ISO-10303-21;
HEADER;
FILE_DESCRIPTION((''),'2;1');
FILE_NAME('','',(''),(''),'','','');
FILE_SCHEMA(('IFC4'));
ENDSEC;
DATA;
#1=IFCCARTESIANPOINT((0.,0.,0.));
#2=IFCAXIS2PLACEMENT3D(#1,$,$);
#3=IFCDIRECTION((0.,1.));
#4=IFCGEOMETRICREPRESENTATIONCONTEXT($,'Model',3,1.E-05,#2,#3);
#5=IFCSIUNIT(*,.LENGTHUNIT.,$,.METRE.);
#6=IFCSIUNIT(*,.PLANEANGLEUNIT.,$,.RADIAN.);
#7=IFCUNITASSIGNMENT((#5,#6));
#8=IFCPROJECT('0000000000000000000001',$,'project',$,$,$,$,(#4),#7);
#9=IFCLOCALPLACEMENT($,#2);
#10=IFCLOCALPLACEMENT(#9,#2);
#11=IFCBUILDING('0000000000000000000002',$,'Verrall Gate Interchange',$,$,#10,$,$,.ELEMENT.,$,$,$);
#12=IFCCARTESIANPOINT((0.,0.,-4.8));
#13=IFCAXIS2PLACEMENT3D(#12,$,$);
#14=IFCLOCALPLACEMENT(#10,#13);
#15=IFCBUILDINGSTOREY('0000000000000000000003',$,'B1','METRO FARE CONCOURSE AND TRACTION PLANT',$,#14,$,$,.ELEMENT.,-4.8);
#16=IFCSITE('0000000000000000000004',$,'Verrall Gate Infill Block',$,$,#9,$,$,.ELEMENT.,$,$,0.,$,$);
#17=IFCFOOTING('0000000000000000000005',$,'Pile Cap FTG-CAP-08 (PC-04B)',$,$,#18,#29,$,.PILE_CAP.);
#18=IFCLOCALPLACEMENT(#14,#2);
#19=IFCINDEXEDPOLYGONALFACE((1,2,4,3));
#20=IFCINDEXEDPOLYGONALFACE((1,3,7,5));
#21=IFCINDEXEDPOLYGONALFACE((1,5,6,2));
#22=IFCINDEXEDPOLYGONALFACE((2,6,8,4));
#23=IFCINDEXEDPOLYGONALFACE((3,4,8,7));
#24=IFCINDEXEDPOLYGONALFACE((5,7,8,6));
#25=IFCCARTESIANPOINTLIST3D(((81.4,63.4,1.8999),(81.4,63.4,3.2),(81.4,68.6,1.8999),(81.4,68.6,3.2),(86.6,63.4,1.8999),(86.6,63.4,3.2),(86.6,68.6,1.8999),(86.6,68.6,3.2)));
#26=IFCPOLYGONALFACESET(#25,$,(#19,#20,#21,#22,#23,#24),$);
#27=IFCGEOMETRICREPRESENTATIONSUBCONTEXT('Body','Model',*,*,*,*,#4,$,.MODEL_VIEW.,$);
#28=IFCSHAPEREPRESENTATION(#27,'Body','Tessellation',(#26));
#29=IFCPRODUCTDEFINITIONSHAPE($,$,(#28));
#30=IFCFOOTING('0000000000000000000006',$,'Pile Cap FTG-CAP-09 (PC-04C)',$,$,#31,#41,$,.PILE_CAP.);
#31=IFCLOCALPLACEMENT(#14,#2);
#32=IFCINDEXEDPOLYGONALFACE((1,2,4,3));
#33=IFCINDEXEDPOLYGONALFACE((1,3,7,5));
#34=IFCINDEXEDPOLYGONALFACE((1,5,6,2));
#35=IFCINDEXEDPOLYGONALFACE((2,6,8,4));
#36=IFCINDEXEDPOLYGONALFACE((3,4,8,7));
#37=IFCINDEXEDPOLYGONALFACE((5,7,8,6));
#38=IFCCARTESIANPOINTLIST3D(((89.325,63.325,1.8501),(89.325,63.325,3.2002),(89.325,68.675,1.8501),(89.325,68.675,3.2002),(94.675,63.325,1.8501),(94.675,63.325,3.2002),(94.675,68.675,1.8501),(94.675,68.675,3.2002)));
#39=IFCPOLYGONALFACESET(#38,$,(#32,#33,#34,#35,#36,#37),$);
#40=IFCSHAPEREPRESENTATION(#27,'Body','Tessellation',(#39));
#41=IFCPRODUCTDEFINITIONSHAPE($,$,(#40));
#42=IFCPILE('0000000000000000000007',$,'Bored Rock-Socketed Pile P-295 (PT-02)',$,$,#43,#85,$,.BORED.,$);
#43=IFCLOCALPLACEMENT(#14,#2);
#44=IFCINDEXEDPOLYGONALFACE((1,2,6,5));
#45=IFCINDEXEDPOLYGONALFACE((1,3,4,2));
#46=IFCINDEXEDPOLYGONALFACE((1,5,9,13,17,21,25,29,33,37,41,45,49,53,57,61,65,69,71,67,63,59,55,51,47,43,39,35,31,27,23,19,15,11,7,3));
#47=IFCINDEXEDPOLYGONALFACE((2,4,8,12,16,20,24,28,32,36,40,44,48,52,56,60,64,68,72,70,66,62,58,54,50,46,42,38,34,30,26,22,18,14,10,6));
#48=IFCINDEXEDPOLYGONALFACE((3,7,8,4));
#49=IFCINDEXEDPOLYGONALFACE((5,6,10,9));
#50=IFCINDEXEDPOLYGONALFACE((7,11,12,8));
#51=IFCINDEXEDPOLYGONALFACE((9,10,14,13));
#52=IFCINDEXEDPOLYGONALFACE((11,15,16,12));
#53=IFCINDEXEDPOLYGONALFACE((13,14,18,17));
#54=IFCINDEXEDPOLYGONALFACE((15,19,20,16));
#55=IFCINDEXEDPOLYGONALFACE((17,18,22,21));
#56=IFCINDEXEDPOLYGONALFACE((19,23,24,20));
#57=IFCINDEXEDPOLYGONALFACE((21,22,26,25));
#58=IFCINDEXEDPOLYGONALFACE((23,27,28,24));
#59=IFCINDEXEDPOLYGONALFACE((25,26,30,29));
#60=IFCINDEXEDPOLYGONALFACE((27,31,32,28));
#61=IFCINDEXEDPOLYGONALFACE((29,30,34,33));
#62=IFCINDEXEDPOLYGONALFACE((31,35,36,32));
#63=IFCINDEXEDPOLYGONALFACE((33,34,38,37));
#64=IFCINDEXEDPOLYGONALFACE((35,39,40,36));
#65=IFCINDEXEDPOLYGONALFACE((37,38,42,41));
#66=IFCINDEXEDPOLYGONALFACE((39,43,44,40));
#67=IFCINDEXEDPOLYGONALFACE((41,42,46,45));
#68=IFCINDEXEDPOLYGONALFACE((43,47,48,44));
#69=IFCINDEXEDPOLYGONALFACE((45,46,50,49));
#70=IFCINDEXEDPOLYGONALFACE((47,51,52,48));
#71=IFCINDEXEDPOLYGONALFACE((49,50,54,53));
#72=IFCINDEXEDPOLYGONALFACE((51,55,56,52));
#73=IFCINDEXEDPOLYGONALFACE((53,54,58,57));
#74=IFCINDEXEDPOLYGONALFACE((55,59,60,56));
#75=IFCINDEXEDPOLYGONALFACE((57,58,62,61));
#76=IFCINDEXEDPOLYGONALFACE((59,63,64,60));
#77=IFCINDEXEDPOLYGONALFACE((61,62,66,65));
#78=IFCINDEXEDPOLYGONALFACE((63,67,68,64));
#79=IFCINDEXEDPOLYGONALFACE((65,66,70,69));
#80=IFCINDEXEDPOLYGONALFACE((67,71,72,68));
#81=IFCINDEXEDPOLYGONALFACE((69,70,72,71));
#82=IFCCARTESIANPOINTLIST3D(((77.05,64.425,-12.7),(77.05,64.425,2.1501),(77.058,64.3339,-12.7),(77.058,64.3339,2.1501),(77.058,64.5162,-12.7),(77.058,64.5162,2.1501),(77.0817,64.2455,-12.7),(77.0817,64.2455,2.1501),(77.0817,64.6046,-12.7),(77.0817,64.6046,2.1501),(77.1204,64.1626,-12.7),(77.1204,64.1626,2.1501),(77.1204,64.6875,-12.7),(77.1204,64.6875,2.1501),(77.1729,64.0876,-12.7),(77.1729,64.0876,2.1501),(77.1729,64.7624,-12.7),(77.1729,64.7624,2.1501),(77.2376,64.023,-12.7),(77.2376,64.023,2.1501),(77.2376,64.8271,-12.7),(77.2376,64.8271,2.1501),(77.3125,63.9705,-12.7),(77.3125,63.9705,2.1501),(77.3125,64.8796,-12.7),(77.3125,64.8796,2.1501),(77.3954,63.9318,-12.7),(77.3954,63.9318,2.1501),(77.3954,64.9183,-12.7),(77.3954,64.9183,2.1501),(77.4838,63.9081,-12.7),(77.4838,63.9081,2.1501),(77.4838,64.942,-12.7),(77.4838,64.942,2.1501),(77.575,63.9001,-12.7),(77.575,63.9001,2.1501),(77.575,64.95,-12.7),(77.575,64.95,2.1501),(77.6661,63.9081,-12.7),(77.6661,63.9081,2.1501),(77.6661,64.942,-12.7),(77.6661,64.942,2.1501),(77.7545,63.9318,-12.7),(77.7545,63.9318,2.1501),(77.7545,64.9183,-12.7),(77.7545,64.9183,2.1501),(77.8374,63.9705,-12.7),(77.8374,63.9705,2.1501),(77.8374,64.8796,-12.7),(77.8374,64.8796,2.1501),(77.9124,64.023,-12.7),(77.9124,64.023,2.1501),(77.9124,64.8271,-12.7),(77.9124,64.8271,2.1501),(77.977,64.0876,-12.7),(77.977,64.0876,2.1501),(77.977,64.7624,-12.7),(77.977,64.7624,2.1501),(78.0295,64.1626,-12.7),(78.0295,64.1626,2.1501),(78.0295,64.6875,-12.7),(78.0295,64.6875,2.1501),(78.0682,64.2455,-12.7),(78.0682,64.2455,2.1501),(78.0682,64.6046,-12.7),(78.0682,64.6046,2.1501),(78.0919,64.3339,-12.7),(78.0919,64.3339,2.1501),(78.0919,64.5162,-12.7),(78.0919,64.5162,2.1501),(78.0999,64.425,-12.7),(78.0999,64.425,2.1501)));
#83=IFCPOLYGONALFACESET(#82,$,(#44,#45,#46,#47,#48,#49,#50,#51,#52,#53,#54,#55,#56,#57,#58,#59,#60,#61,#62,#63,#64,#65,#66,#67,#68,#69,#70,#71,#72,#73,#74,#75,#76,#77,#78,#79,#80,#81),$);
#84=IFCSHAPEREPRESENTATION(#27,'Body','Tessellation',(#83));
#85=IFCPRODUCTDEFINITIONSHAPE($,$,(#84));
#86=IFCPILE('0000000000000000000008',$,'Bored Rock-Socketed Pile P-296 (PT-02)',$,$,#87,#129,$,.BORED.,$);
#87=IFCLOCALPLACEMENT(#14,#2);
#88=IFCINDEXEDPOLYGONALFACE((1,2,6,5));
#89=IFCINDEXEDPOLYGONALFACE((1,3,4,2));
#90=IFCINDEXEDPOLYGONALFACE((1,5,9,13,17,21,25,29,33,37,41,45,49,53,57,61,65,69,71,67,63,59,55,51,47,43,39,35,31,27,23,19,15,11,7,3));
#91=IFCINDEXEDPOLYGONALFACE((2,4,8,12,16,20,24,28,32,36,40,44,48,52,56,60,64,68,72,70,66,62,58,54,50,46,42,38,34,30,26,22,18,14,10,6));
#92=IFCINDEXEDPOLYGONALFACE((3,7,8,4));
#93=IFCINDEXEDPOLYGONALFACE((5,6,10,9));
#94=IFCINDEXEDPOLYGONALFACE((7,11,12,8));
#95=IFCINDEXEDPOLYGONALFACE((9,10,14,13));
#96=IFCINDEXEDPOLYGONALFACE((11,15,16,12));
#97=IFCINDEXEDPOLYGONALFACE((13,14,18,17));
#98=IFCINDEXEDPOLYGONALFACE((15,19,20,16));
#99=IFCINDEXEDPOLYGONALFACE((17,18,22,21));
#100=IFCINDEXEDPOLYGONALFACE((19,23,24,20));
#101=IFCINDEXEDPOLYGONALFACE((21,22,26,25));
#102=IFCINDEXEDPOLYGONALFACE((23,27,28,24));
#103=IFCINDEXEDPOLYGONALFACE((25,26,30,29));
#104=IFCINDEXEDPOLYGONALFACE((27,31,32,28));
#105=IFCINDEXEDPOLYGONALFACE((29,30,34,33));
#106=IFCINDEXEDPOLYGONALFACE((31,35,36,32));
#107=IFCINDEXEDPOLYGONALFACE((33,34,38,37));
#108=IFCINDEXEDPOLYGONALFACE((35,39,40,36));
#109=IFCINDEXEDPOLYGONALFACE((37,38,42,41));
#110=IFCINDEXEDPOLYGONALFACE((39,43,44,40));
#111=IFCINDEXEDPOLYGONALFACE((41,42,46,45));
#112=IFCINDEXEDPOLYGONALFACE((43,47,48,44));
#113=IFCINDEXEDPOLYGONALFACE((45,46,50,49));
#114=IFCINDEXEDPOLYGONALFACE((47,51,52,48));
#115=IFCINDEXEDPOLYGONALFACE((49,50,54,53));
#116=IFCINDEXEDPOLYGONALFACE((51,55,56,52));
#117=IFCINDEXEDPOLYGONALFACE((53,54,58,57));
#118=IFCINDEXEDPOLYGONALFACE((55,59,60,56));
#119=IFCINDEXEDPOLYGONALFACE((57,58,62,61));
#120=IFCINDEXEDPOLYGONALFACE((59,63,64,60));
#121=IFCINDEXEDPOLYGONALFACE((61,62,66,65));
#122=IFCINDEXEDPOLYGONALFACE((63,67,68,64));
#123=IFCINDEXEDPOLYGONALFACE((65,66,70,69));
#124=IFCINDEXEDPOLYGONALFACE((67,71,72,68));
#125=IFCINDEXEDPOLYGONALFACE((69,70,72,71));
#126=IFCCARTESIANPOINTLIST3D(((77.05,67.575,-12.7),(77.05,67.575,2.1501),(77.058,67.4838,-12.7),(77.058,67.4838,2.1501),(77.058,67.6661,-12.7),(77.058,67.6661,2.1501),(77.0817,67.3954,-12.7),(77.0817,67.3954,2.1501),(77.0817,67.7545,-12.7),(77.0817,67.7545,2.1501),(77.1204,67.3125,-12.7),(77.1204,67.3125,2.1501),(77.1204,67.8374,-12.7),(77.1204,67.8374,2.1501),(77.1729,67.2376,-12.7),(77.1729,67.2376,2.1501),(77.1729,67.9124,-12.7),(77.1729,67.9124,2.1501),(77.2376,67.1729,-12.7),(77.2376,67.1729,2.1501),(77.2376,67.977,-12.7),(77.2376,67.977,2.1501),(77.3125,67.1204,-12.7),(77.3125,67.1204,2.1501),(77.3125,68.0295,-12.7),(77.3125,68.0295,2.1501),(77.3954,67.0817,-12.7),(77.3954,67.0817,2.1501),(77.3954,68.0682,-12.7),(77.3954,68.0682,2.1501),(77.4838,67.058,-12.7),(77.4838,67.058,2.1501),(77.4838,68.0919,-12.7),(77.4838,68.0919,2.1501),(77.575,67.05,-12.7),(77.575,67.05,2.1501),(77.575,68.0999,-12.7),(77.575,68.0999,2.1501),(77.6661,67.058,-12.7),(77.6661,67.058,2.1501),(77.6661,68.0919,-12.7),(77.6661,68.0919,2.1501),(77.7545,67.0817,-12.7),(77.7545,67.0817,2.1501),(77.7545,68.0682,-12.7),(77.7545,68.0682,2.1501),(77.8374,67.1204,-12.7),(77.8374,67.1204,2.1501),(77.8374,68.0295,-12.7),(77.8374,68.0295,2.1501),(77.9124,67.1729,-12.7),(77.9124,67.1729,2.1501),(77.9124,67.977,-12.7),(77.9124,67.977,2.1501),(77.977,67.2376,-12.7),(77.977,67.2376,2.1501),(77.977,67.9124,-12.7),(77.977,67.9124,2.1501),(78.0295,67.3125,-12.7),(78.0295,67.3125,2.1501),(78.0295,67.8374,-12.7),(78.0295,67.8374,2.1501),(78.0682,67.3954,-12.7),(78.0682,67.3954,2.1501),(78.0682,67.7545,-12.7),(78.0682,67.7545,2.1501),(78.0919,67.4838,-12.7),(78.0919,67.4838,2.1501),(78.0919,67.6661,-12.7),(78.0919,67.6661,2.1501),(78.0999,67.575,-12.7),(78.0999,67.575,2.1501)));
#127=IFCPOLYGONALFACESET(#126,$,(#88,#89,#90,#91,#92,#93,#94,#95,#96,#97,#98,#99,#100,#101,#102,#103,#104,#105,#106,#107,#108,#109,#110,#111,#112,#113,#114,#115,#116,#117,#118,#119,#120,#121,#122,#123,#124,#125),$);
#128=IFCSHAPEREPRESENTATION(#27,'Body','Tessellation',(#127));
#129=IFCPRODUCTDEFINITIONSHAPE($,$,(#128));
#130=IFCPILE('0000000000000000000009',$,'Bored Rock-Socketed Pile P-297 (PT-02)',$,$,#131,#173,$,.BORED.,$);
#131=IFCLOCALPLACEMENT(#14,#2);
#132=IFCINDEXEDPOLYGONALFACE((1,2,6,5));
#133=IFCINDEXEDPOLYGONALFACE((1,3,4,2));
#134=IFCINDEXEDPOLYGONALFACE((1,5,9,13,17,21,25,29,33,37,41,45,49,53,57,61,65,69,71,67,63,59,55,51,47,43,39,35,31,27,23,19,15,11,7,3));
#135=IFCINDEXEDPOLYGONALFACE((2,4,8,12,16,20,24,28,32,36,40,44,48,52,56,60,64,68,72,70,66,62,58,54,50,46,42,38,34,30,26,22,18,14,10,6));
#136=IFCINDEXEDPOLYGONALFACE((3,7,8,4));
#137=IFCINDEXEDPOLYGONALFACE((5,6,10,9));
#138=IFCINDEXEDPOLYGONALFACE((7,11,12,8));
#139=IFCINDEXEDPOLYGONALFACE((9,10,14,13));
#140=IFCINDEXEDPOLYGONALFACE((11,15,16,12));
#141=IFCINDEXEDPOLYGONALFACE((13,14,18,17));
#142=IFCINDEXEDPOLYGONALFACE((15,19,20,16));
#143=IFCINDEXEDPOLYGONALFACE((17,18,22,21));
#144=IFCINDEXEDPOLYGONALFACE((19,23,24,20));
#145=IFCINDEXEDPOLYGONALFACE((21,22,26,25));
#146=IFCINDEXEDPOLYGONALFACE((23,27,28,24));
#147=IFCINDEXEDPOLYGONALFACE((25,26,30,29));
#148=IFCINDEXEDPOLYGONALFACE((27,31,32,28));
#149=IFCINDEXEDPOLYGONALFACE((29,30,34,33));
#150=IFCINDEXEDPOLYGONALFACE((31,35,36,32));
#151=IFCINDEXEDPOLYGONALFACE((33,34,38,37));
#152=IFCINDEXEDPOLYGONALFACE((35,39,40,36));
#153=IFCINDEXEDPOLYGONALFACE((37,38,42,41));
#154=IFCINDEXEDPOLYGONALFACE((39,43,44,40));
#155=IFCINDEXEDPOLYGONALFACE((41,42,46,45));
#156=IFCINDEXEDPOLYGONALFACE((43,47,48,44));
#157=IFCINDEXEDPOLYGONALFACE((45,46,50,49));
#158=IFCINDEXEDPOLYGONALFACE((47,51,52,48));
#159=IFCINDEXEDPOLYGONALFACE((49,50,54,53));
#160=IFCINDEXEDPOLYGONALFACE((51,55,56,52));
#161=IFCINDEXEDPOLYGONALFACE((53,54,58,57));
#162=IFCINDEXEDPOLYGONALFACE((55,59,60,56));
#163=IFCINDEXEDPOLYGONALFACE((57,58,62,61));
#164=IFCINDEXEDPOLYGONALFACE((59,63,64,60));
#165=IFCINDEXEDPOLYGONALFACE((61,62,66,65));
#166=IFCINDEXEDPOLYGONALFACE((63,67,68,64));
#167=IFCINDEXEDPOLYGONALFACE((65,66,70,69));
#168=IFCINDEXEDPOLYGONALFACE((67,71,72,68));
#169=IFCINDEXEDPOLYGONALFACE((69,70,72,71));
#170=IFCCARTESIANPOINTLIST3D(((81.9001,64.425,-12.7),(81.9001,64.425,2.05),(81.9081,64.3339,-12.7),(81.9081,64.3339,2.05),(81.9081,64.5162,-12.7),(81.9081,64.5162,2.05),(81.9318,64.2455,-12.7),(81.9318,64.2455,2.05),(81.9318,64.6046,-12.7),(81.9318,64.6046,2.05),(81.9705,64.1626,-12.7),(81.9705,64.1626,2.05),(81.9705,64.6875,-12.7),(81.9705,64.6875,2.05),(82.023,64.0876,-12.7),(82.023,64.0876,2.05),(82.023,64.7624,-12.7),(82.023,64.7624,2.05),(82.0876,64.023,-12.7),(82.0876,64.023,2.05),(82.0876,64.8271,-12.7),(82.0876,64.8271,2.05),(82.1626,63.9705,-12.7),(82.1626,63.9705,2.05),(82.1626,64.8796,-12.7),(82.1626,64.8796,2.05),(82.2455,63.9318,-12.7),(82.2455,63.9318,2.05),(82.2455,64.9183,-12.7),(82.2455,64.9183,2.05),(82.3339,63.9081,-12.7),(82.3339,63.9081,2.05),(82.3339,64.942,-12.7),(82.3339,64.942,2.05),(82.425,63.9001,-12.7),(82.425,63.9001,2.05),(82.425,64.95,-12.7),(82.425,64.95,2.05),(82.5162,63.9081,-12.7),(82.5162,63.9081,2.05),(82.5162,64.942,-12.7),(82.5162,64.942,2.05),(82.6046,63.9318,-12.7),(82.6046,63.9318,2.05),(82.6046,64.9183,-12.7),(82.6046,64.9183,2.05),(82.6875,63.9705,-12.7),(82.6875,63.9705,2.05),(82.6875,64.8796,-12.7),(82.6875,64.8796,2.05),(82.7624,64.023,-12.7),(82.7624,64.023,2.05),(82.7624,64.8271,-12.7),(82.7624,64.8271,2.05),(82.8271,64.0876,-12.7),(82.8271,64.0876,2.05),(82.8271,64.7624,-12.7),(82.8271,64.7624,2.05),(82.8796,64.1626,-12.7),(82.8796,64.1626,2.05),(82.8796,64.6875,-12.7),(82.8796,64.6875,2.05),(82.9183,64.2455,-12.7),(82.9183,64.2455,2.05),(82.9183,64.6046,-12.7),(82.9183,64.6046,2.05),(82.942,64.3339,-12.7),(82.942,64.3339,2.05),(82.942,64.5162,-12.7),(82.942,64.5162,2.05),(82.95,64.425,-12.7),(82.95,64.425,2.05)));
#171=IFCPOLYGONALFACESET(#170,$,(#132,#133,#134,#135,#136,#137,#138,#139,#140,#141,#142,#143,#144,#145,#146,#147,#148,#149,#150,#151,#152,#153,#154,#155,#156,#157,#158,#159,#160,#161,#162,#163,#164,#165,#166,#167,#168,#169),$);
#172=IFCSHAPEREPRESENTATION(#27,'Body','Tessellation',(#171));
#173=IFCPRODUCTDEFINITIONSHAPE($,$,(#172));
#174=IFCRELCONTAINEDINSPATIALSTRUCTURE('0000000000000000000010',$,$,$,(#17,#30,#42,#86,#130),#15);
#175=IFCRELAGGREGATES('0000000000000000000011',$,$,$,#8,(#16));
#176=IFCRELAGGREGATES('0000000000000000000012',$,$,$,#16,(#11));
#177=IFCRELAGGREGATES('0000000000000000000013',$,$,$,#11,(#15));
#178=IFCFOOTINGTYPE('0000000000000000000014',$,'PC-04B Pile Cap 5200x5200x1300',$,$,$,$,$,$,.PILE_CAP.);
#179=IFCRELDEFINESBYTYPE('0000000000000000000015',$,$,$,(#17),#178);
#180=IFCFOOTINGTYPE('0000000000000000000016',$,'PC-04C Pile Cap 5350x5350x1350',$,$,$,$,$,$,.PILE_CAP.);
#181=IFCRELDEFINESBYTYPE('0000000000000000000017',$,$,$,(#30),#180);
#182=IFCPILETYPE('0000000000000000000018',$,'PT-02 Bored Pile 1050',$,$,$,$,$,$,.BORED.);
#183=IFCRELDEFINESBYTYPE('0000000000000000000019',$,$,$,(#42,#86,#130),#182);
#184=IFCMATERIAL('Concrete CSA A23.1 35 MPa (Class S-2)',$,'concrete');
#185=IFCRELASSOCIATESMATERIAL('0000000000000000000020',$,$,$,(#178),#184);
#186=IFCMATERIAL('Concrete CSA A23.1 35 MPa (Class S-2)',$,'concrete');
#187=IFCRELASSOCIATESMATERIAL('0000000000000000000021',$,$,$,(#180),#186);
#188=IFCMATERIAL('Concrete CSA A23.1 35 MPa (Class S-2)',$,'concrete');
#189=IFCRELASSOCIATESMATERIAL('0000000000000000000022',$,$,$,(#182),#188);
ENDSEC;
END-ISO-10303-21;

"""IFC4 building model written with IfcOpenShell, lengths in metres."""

from ifc_helpers import new_model, si_unit, direction, frame, origin, origin_2d, place, context, subcontext, project, spatial, rectangle, circle, extrude, material, material_profile, profile_set, type_object, element, save


model = new_model("IFC4")

# Units and contexts
model_context = context("Model", 3, precision=1e-05, world=origin(), true_north=direction((0.0, 1.0)))
body_context = subcontext(model_context, "Body", "Model", "MODEL_VIEW")
ifc_project = project(units=[si_unit("LENGTHUNIT", "METRE"), si_unit("PLANEANGLEUNIT", "RADIAN")], contexts=[model_context])

# Site, building, storey
site_placement = place(None, origin())
site = spatial("IfcSite", under=ifc_project, at=site_placement, Name="Verrall Gate Infill Block", CompositionType="ELEMENT", RefElevation=0.0)
building_placement = place(site_placement, origin())
building = spatial("IfcBuilding", under=site, at=building_placement, Name="Verrall Gate Interchange", CompositionType="ELEMENT")
storey_placement = place(building_placement, frame((0.0, 0.0, -4.8)))
storey = spatial("IfcBuildingStorey", under=building, at=storey_placement, Name="B1", Description="METRO FARE CONCOURSE AND TRACTION PLANT", CompositionType="ELEMENT", Elevation=-4.8)

# Footings
ifc_material_1 = material(Name="Concrete CSA A23.1 35 MPa (Class S-2)", Category="concrete")
footing_type_1 = type_object("IfcFootingType", Name="PC-04B Pile Cap 5200x5200x1300", PredefinedType="PILE_CAP", material=ifc_material_1)
footing_1_placement = place(storey_placement, frame((84.0, 66.0, 1.8999), z_axis=(0.0, 0.0, 1.0), x_axis=(1.0, 0.0, 0.0)))
element("IfcFooting", 1, at=footing_1_placement, inside=storey, type_object=footing_type_1, Name="Pile Cap FTG-CAP-08 (PC-04B)", PredefinedType="PILE_CAP", context=body_context, shape_type="SweptSolid", body=[
    extrude(rectangle(XDim=5.2, YDim=5.2, at=origin_2d()), origin(), (0.0, 0.0, 1.0), 1.3),
])
ifc_material_2 = material(Name="Concrete CSA A23.1 35 MPa (Class S-2)", Category="concrete")
footing_type_2 = type_object("IfcFootingType", Name="PC-04C Pile Cap 5350x5350x1350", PredefinedType="PILE_CAP", material=ifc_material_2)
footing_2_placement = place(storey_placement, frame((92.0, 66.0, 1.8501), z_axis=(0.0, 0.0, 1.0), x_axis=(1.0, 0.0, 0.0)))
element("IfcFooting", 2, at=footing_2_placement, inside=storey, type_object=footing_type_2, Name="Pile Cap FTG-CAP-09 (PC-04C)", PredefinedType="PILE_CAP", context=body_context, shape_type="SweptSolid", body=[
    extrude(rectangle(XDim=5.3501, YDim=5.3501, at=origin_2d()), origin(), (0.0, 0.0, 1.0), 1.3501),
])

# Piles
ifc_material_3 = material(Name="Concrete CSA A23.1 35 MPa (Class S-2)", Category="concrete")
ifc_material_profile_1 = material_profile(ifc_material_3, circle(Radius=0.5249, at=origin_2d()), Name="PILE1050D")
ifc_profile_set_1 = profile_set([ifc_material_profile_1], Name="Concrete CSA A23.1 35 MPa (Class S-2)")
pile_type = type_object("IfcPileType", Name="PT-02 Bored Pile 1050", PredefinedType="BORED", material=ifc_profile_set_1)
for number, where, z_axis, x_axis, name in (
    (3, (77.575, 64.425, 2.1501), (0.0, 0.0, -1.0), (1.0, 0.0, 0.0), "Bored Rock-Socketed Pile P-295 (PT-02)"),
    (4, (77.575, 67.575, 2.1501), (0.0, 0.0, -1.0), (1.0, 0.0, 0.0), "Bored Rock-Socketed Pile P-296 (PT-02)"),
):
    element("IfcPile", number, at=place(storey_placement, frame(where, z_axis=z_axis, x_axis=x_axis)), inside=storey, type_object=pile_type, Name=name, PredefinedType="BORED", context=body_context, shape_type="SweptSolid", body=[
        extrude(circle(Radius=0.5249, at=origin_2d()), origin(), (0.0, 0.0, 1.0), 14.8501),
    ])
for number, where, z_axis, x_axis, name in (
    (5, (82.425, 64.425, 2.05), (0.0, 0.0, -1.0), (1.0, 0.0, 0.0), "Bored Rock-Socketed Pile P-297 (PT-02)"),
):
    element("IfcPile", number, at=place(storey_placement, frame(where, z_axis=z_axis, x_axis=x_axis)), inside=storey, type_object=pile_type, Name=name, PredefinedType="BORED", context=body_context, shape_type="SweptSolid", body=[
        extrude(circle(Radius=0.5249, at=origin_2d()), origin(), (0.0, 0.0, 1.0), 14.75),
    ])

save(model, "model.ifc")
